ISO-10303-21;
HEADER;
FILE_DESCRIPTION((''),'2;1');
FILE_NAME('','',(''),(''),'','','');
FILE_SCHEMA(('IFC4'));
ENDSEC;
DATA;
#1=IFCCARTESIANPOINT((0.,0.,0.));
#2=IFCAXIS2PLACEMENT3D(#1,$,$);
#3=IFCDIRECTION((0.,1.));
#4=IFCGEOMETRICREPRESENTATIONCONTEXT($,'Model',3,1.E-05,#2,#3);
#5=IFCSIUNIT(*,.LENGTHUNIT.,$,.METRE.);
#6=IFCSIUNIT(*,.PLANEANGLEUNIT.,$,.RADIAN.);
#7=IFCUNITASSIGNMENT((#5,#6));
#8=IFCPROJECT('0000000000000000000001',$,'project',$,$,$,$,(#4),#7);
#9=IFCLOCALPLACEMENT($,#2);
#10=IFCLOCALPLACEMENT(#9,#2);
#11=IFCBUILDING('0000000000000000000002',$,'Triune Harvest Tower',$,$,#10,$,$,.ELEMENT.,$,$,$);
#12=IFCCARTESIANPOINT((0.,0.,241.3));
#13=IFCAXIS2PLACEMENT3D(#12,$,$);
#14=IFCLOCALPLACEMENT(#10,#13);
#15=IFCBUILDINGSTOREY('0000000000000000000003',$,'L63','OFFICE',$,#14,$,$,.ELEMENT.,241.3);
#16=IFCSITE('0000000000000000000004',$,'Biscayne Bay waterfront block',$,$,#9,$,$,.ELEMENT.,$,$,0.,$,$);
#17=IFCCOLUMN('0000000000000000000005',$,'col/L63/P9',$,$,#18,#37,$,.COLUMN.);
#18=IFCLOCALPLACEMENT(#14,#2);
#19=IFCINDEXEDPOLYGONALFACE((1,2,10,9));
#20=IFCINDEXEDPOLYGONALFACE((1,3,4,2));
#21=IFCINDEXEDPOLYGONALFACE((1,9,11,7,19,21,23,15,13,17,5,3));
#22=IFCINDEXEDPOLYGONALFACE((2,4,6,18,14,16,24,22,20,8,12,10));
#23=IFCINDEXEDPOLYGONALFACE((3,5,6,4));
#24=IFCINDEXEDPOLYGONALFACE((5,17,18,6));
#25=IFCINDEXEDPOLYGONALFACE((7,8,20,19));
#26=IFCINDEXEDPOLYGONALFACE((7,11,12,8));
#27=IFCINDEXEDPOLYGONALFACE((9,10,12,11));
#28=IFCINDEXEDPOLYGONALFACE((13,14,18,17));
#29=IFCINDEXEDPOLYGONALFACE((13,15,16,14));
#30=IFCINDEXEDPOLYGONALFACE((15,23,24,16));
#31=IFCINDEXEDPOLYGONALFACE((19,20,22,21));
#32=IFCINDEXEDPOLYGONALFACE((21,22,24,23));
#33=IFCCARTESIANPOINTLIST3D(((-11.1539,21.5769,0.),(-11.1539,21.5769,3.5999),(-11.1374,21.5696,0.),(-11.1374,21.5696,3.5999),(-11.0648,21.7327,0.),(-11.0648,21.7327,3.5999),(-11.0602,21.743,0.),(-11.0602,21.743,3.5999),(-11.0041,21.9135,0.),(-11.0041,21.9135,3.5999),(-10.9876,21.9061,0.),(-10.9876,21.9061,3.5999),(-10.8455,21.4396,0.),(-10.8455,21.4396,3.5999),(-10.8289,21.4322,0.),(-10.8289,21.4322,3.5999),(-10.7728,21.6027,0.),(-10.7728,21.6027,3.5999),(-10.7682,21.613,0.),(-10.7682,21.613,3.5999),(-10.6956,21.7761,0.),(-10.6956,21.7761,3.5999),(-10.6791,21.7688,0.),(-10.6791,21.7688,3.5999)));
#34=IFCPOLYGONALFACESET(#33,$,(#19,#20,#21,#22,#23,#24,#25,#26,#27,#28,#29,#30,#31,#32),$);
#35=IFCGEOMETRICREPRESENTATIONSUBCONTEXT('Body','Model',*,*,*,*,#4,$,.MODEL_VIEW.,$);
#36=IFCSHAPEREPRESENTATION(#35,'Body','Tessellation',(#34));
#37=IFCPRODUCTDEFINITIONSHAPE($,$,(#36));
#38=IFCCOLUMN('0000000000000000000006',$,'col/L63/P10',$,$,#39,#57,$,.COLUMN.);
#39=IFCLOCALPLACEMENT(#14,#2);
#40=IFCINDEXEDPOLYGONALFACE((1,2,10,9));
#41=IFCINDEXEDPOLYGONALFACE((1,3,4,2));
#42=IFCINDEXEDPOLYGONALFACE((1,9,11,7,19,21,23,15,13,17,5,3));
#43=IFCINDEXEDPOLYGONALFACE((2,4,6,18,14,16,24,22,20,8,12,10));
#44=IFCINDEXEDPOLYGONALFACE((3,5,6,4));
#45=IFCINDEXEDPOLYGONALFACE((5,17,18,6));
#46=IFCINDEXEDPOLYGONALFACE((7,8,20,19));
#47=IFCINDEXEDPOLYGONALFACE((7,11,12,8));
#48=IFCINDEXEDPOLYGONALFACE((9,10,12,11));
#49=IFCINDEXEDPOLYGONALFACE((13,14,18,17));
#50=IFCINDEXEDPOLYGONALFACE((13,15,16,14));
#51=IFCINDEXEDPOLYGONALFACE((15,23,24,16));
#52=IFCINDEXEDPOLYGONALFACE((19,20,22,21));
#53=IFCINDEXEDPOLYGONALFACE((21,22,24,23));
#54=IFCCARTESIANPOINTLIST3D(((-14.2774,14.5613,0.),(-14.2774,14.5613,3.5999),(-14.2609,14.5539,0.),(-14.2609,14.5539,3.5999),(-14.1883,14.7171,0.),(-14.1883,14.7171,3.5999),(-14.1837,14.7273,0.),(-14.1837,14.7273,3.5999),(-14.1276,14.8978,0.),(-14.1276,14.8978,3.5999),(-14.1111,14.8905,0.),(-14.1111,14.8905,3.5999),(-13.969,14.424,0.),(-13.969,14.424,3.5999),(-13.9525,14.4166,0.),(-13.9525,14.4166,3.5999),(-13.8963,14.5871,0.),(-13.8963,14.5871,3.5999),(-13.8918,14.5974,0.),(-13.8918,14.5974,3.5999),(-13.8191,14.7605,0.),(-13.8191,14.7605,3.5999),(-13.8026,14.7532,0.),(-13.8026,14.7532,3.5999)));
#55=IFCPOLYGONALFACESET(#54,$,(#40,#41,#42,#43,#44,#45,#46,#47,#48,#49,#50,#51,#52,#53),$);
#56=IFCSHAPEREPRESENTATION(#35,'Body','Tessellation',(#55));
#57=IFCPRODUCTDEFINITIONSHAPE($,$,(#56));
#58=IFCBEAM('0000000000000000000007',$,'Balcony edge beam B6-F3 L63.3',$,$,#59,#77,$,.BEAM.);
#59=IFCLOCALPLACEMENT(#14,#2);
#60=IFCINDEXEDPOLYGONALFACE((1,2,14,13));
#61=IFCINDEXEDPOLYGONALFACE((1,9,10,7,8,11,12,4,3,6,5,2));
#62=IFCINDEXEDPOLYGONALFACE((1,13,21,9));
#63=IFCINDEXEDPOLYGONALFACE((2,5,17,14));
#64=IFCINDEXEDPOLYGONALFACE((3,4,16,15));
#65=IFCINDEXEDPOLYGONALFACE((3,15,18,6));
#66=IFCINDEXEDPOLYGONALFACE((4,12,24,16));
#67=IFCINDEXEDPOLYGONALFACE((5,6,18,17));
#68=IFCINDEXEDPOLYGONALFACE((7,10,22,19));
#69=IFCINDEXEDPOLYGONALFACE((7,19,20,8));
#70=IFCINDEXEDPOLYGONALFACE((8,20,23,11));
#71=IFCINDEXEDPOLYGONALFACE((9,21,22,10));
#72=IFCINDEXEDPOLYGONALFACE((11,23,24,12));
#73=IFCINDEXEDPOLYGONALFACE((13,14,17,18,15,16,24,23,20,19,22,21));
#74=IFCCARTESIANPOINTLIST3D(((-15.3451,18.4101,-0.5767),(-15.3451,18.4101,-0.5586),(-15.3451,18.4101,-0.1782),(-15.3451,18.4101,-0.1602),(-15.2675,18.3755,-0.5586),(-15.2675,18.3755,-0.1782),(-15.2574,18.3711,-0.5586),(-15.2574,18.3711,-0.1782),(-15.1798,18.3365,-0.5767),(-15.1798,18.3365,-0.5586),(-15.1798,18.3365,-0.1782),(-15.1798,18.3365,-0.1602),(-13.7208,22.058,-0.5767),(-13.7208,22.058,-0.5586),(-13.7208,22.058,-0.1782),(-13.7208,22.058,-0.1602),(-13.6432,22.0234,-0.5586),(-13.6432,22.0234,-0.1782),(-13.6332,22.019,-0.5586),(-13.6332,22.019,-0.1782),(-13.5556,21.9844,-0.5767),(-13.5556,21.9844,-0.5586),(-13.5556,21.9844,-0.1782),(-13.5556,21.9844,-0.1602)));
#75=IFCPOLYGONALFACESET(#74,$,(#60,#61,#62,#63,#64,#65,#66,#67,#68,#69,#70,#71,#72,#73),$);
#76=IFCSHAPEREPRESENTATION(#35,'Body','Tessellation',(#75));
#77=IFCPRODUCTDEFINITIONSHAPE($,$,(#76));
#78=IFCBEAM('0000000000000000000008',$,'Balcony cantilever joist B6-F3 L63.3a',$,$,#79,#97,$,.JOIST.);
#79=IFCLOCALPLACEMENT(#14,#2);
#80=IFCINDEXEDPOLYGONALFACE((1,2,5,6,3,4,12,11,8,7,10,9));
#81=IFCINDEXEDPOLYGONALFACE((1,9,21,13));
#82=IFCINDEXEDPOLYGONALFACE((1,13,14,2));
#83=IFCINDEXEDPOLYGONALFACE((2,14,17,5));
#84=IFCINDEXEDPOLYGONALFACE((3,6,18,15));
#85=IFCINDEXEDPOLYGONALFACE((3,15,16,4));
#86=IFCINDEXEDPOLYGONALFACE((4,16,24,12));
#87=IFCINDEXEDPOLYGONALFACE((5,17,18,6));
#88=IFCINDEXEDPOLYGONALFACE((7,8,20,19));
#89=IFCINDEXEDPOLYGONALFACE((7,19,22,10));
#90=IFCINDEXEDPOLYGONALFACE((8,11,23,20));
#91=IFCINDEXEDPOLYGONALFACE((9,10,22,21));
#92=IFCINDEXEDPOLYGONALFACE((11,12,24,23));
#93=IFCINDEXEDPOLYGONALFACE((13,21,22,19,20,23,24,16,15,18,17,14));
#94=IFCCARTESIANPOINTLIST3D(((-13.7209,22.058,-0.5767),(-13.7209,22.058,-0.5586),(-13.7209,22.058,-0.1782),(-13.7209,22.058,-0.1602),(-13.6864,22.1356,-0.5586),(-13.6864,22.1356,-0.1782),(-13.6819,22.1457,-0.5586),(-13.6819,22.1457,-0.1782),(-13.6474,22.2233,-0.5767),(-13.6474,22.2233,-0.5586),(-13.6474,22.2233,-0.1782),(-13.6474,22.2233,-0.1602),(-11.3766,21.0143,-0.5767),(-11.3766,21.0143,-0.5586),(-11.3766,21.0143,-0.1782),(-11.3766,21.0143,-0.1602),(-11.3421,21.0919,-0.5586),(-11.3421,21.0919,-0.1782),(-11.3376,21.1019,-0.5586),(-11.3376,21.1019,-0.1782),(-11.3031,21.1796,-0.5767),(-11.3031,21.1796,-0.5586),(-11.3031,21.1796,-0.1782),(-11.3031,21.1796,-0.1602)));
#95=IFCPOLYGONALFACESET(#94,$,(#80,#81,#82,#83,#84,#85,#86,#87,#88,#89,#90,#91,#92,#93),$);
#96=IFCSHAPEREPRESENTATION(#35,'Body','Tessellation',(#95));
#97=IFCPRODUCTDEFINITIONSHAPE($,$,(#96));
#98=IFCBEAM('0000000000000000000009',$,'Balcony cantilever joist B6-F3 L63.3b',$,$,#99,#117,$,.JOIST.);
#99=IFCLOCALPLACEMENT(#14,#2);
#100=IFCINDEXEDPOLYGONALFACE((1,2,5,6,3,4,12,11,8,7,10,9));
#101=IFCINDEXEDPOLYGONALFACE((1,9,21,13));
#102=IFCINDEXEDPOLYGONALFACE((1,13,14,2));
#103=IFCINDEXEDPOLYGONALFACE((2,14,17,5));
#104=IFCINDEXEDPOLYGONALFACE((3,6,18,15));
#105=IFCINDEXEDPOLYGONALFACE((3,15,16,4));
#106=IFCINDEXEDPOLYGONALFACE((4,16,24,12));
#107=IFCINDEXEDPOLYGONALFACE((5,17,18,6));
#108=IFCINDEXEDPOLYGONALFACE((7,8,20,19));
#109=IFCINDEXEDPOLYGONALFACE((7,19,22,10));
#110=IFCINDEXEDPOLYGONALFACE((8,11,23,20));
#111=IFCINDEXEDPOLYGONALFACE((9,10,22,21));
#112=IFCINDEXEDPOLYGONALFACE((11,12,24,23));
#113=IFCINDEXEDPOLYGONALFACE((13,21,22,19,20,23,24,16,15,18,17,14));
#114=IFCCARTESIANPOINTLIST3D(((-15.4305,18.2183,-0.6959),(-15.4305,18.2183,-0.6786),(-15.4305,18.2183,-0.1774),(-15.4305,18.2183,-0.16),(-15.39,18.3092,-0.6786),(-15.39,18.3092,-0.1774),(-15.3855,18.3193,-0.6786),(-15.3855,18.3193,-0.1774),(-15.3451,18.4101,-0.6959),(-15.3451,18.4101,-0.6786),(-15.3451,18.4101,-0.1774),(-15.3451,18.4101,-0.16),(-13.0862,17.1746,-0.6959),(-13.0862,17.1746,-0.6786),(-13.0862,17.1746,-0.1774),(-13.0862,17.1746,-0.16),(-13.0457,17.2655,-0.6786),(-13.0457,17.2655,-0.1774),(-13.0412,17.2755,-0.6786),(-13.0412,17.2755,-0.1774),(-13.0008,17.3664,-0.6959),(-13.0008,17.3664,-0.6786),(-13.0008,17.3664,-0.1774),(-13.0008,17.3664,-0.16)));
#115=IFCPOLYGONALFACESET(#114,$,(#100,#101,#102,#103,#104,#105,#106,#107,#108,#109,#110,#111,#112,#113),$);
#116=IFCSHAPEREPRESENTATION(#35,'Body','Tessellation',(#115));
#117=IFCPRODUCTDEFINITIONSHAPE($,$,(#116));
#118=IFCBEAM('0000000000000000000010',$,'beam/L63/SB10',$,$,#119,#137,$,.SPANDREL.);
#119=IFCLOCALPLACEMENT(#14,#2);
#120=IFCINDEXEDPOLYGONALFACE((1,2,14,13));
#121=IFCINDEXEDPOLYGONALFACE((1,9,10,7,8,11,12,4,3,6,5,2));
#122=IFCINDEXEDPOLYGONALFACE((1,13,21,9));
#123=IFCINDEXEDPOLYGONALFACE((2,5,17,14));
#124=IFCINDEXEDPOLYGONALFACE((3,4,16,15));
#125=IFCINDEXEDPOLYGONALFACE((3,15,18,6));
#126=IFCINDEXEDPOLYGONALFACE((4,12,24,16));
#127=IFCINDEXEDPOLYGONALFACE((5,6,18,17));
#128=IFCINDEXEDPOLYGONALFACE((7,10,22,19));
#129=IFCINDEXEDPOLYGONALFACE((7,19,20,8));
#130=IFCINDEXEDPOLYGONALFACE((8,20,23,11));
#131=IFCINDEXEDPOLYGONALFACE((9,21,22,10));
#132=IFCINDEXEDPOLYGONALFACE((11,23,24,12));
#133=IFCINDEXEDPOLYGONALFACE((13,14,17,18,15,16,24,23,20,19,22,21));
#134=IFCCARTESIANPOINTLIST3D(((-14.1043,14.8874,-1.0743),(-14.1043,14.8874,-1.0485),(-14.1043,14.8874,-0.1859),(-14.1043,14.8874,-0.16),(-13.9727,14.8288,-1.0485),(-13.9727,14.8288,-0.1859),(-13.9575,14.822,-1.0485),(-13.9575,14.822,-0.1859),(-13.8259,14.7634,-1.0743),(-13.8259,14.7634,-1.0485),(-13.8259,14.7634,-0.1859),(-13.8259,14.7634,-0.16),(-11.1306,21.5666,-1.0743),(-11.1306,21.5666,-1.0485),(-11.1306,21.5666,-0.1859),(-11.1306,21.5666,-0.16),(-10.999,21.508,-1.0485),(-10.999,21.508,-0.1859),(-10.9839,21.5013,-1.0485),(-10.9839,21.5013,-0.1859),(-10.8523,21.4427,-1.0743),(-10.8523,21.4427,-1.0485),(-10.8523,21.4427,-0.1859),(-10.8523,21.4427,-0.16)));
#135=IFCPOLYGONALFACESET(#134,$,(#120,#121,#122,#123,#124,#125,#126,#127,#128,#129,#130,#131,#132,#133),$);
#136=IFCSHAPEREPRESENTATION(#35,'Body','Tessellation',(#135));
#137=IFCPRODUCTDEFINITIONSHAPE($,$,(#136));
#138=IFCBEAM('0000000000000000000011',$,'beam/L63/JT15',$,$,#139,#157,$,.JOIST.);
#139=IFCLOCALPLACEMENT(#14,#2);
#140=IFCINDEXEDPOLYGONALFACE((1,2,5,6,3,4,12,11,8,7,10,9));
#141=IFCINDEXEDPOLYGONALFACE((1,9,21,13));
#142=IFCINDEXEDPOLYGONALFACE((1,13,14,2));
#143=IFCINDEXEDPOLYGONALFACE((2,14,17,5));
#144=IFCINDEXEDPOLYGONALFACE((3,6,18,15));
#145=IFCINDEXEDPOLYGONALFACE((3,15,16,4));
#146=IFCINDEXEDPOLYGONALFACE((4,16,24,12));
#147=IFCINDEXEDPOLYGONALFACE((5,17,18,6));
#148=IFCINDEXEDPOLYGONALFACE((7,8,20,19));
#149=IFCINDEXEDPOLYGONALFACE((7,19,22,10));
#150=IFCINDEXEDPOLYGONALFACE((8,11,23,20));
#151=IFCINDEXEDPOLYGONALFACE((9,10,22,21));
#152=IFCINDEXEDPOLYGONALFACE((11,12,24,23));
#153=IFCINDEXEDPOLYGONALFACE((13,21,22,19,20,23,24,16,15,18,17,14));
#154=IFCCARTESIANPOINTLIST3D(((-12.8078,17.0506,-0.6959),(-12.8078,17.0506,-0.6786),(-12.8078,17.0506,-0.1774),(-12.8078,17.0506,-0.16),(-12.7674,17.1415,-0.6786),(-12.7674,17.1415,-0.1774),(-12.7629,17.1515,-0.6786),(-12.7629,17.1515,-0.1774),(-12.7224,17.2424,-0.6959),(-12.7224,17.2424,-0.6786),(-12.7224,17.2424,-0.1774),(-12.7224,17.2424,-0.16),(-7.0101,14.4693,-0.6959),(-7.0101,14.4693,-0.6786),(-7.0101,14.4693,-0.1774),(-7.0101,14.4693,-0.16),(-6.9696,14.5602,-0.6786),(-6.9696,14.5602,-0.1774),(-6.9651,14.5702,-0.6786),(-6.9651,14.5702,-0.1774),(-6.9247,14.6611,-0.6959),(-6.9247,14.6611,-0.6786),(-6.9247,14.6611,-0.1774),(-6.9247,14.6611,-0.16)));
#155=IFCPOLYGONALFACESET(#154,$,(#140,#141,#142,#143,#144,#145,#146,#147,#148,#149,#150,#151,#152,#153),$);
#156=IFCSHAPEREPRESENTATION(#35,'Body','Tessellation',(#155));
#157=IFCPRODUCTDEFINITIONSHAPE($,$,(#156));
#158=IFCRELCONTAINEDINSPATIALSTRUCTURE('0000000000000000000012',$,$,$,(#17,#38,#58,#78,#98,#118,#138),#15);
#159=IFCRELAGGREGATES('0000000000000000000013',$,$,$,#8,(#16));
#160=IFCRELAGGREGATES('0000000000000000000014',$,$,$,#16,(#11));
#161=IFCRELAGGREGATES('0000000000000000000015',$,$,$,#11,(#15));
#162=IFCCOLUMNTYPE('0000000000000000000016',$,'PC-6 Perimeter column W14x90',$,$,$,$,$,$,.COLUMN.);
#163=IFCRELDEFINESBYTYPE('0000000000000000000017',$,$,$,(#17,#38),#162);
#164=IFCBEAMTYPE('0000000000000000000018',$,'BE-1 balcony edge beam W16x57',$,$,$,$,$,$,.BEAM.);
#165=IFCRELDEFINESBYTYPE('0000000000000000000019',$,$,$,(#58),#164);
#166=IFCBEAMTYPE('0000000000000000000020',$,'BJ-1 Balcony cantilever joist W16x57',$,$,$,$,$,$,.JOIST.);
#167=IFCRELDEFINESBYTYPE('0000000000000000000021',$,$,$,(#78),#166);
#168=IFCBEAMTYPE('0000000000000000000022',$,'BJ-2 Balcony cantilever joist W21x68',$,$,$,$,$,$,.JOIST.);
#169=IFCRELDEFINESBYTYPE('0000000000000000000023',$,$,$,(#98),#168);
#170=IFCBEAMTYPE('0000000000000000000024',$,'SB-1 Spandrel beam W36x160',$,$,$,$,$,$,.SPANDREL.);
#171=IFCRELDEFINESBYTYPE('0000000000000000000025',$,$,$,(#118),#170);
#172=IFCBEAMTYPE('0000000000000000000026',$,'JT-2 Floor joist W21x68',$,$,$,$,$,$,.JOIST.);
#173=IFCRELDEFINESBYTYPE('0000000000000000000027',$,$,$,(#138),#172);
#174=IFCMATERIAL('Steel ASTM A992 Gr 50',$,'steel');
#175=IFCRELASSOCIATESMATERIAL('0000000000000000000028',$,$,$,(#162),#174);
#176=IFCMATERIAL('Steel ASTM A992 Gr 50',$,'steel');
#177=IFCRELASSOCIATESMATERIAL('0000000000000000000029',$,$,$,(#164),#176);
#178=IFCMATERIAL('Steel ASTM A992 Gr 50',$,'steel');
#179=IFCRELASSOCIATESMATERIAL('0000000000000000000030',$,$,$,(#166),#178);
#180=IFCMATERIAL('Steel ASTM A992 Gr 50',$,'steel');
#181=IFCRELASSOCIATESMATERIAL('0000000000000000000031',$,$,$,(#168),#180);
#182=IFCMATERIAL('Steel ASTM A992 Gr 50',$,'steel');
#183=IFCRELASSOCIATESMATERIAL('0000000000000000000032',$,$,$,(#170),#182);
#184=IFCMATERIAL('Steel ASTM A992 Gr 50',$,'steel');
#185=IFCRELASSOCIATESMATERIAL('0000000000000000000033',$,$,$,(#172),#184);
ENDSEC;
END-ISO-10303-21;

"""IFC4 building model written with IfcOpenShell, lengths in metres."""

from ifc_helpers import new_model, si_unit, direction, frame, origin, origin_2d, place, context, subcontext, project, spatial, i_section, extrude, source, transform, mapped, material, material_profile, profile_set, type_object, element, save


model = new_model("IFC4")

# Units and contexts
model_context = context("Model", 3, precision=1e-05, world=origin(), true_north=direction((0.0, 1.0)))
body_context = subcontext(model_context, "Body", "Model", "MODEL_VIEW")
ifc_project = project(units=[si_unit("LENGTHUNIT", "METRE"), si_unit("PLANEANGLEUNIT", "RADIAN")], contexts=[model_context])

# Site, building, storey
site_placement = place(None, origin())
site = spatial("IfcSite", under=ifc_project, at=site_placement, Name="Biscayne Bay waterfront block", CompositionType="ELEMENT", RefElevation=0.0)
building_placement = place(site_placement, origin())
building = spatial("IfcBuilding", under=site, at=building_placement, Name="Triune Harvest Tower", CompositionType="ELEMENT")
storey_placement = place(building_placement, frame((0.0, 0.0, 241.3)))
storey = spatial("IfcBuildingStorey", under=building, at=storey_placement, Name="L63", Description="OFFICE", CompositionType="ELEMENT", Elevation=241.3)

# Columns
ifc_material_1 = material(Name="Steel ASTM A992 Gr 50", Category="steel")
ifc_material_profile_1 = material_profile(ifc_material_1, i_section(OverallWidth=0.3684, OverallDepth=0.3557, WebThickness=0.0112, FlangeThickness=0.0181, at=origin_2d()), Name="W14x90")
ifc_profile_set_1 = profile_set([ifc_material_profile_1], Name="Steel ASTM A992 Gr 50")
column_type = type_object("IfcColumnType", Name="PC-6 Perimeter column W14x90", PredefinedType="COLUMN", material=ifc_profile_set_1)
shared_shape_1 = source(origin(), body_context, "Body", "SweptSolid", [
    extrude(i_section(OverallWidth=0.3684, OverallDepth=0.3557, WebThickness=0.0112, FlangeThickness=0.0181, at=origin_2d()), origin(), (0.0, 0.0, 1.0), 3.5999),
])
for number, where, z_axis, x_axis, name in (
    (1, (-10.9165, 21.6729, 0.0), (0.0, 0.0, 1.0), (-0.406738, -0.913545, 0.0), "col/L63/P9"),
    (2, (-14.04, 14.6572, 0.0), (0.0, 0.0, 1.0), (-0.406738, -0.913545, 0.0), "col/L63/P10"),
):
    element("IfcColumn", number, at=place(storey_placement, frame(where, z_axis=z_axis, x_axis=x_axis)), inside=storey, type_object=column_type, Name=name, PredefinedType="COLUMN", context=body_context, shape_type="MappedRepresentation", body=[
        mapped(shared_shape_1, transform((0.0, 0.0, 0.0), scale=1.0)),
    ])

# Beams
ifc_material_2 = material(Name="Steel ASTM A992 Gr 50", Category="steel")
ifc_material_profile_2 = material_profile(ifc_material_2, i_section(OverallWidth=0.1809, OverallDepth=0.4165, WebThickness=0.011, FlangeThickness=0.0181, at=origin_2d()), Name="W16x57")
ifc_profile_set_2 = profile_set([ifc_material_profile_2], Name="Steel ASTM A992 Gr 50")
beam_type_1 = type_object("IfcBeamType", Name="BE-1 balcony edge beam W16x57", PredefinedType="BEAM", material=ifc_profile_set_2)
beam_1_placement = place(storey_placement, frame((-15.2625, 18.3733, -0.3684), z_axis=(0.406757, 0.913537, 0.0), x_axis=(-0.913537, 0.406757, 0.0)))
element("IfcBeam", 3, at=beam_1_placement, inside=storey, type_object=beam_type_1, Name="Balcony edge beam B6-F3 L63.3", PredefinedType="BEAM", context=body_context, shape_type="SweptSolid", body=[
    extrude(i_section(OverallWidth=0.1809, OverallDepth=0.4165, WebThickness=0.011, FlangeThickness=0.0181, at=origin_2d()), origin(), (0.0, 0.0, 1.0), 3.9932),
])
ifc_material_3 = material(Name="Steel ASTM A992 Gr 50", Category="steel")
ifc_material_profile_3 = material_profile(ifc_material_3, i_section(OverallWidth=0.1809, OverallDepth=0.4165, WebThickness=0.011, FlangeThickness=0.0181, at=origin_2d()), Name="W16x57")
ifc_profile_set_3 = profile_set([ifc_material_profile_3], Name="Steel ASTM A992 Gr 50")
beam_type_2 = type_object("IfcBeamType", Name="BJ-1 Balcony cantilever joist W16x57", PredefinedType="JOIST", material=ifc_profile_set_3)
beam_2_placement = place(storey_placement, frame((-11.3398, 21.0969, -0.3684), z_axis=(-0.913548, 0.40673, 0.0), x_axis=(-0.40673, -0.913548, 0.0)))
element("IfcBeam", 4, at=beam_2_placement, inside=storey, type_object=beam_type_2, Name="Balcony cantilever joist B6-F3 L63.3a", PredefinedType="JOIST", context=body_context, shape_type="SweptSolid", body=[
    extrude(i_section(OverallWidth=0.1809, OverallDepth=0.4165, WebThickness=0.011, FlangeThickness=0.0181, at=origin_2d()), origin(), (0.0, 0.0, 1.0), 2.5662),
])
ifc_material_4 = material(Name="Steel ASTM A992 Gr 50", Category="steel")
ifc_material_profile_4 = material_profile(ifc_material_4, i_section(OverallWidth=0.21, OverallDepth=0.5359, WebThickness=0.011, FlangeThickness=0.0173, at=origin_2d()), Name="W21x68")
ifc_profile_set_4 = profile_set([ifc_material_profile_4], Name="Steel ASTM A992 Gr 50")
beam_type_3 = type_object("IfcBeamType", Name="BJ-2 Balcony cantilever joist W21x68", PredefinedType="JOIST", material=ifc_profile_set_4)
beam_3_placement = place(storey_placement, frame((-13.0435, 17.2705, -0.428), z_axis=(-0.913548, 0.40673, 0.0), x_axis=(-0.40673, -0.913548, 0.0)))
element("IfcBeam", 5, at=beam_3_placement, inside=storey, type_object=beam_type_3, Name="Balcony cantilever joist B6-F3 L63.3b", PredefinedType="JOIST", context=body_context, shape_type="SweptSolid", body=[
    extrude(i_section(OverallWidth=0.21, OverallDepth=0.5359, WebThickness=0.011, FlangeThickness=0.0173, at=origin_2d()), origin(), (0.0, 0.0, 1.0), 2.5662),
])
ifc_material_5 = material(Name="Steel ASTM A992 Gr 50", Category="steel")
ifc_material_profile_5 = material_profile(ifc_material_5, i_section(OverallWidth=0.3047, OverallDepth=0.9143, WebThickness=0.0166, FlangeThickness=0.0259, at=origin_2d()), Name="W36x160")
ifc_profile_set_5 = profile_set([ifc_material_profile_5], Name="Steel ASTM A992 Gr 50")
beam_type_4 = type_object("IfcBeamType", Name="SB-1 Spandrel beam W36x160", PredefinedType="SPANDREL", material=ifc_profile_set_5)
shared_shape_2 = source(origin(), body_context, "Body", "SweptSolid", [
    extrude(i_section(OverallWidth=0.3047, OverallDepth=0.9143, WebThickness=0.0166, FlangeThickness=0.0259, at=origin_2d()), origin(), (0.0, 0.0, 1.0), 7.3113),
])
beam_4_placement = place(storey_placement, frame((-10.9915, 21.5046, -0.6172), z_axis=(-0.406721, -0.913552, 0.0), x_axis=(0.913552, -0.406721, 0.0)))
element("IfcBeam", 6, at=beam_4_placement, inside=storey, type_object=beam_type_4, Name="beam/L63/SB10", PredefinedType="SPANDREL", context=body_context, shape_type="MappedRepresentation", body=[
    mapped(shared_shape_2, transform((0.0, 0.0, 0.0), scale=1.0)),
])
ifc_material_6 = material(Name="Steel ASTM A992 Gr 50", Category="steel")
ifc_material_profile_6 = material_profile(ifc_material_6, i_section(OverallWidth=0.21, OverallDepth=0.5359, WebThickness=0.011, FlangeThickness=0.0173, at=origin_2d()), Name="W21x68")
ifc_profile_set_6 = profile_set([ifc_material_profile_6], Name="Steel ASTM A992 Gr 50")
beam_type_5 = type_object("IfcBeamType", Name="JT-2 Floor joist W21x68", PredefinedType="JOIST", material=ifc_profile_set_6)
shared_shape_3 = source(origin(), body_context, "Body", "SweptSolid", [
    extrude(i_section(OverallWidth=0.21, OverallDepth=0.5359, WebThickness=0.011, FlangeThickness=0.0173, at=origin_2d()), origin(), (0.0, 0.0, 1.0), 6.3464),
])
beam_5_placement = place(storey_placement, frame((-12.7651, 17.1465, -0.428), z_axis=(0.91355, -0.406727, 0.0), x_axis=(0.406727, 0.91355, 0.0)))
element("IfcBeam", 7, at=beam_5_placement, inside=storey, type_object=beam_type_5, Name="beam/L63/JT15", PredefinedType="JOIST", context=body_context, shape_type="MappedRepresentation", body=[
    mapped(shared_shape_3, transform((0.0, 0.0, 0.0), scale=1.0)),
])

save(model, "model.ifc")
